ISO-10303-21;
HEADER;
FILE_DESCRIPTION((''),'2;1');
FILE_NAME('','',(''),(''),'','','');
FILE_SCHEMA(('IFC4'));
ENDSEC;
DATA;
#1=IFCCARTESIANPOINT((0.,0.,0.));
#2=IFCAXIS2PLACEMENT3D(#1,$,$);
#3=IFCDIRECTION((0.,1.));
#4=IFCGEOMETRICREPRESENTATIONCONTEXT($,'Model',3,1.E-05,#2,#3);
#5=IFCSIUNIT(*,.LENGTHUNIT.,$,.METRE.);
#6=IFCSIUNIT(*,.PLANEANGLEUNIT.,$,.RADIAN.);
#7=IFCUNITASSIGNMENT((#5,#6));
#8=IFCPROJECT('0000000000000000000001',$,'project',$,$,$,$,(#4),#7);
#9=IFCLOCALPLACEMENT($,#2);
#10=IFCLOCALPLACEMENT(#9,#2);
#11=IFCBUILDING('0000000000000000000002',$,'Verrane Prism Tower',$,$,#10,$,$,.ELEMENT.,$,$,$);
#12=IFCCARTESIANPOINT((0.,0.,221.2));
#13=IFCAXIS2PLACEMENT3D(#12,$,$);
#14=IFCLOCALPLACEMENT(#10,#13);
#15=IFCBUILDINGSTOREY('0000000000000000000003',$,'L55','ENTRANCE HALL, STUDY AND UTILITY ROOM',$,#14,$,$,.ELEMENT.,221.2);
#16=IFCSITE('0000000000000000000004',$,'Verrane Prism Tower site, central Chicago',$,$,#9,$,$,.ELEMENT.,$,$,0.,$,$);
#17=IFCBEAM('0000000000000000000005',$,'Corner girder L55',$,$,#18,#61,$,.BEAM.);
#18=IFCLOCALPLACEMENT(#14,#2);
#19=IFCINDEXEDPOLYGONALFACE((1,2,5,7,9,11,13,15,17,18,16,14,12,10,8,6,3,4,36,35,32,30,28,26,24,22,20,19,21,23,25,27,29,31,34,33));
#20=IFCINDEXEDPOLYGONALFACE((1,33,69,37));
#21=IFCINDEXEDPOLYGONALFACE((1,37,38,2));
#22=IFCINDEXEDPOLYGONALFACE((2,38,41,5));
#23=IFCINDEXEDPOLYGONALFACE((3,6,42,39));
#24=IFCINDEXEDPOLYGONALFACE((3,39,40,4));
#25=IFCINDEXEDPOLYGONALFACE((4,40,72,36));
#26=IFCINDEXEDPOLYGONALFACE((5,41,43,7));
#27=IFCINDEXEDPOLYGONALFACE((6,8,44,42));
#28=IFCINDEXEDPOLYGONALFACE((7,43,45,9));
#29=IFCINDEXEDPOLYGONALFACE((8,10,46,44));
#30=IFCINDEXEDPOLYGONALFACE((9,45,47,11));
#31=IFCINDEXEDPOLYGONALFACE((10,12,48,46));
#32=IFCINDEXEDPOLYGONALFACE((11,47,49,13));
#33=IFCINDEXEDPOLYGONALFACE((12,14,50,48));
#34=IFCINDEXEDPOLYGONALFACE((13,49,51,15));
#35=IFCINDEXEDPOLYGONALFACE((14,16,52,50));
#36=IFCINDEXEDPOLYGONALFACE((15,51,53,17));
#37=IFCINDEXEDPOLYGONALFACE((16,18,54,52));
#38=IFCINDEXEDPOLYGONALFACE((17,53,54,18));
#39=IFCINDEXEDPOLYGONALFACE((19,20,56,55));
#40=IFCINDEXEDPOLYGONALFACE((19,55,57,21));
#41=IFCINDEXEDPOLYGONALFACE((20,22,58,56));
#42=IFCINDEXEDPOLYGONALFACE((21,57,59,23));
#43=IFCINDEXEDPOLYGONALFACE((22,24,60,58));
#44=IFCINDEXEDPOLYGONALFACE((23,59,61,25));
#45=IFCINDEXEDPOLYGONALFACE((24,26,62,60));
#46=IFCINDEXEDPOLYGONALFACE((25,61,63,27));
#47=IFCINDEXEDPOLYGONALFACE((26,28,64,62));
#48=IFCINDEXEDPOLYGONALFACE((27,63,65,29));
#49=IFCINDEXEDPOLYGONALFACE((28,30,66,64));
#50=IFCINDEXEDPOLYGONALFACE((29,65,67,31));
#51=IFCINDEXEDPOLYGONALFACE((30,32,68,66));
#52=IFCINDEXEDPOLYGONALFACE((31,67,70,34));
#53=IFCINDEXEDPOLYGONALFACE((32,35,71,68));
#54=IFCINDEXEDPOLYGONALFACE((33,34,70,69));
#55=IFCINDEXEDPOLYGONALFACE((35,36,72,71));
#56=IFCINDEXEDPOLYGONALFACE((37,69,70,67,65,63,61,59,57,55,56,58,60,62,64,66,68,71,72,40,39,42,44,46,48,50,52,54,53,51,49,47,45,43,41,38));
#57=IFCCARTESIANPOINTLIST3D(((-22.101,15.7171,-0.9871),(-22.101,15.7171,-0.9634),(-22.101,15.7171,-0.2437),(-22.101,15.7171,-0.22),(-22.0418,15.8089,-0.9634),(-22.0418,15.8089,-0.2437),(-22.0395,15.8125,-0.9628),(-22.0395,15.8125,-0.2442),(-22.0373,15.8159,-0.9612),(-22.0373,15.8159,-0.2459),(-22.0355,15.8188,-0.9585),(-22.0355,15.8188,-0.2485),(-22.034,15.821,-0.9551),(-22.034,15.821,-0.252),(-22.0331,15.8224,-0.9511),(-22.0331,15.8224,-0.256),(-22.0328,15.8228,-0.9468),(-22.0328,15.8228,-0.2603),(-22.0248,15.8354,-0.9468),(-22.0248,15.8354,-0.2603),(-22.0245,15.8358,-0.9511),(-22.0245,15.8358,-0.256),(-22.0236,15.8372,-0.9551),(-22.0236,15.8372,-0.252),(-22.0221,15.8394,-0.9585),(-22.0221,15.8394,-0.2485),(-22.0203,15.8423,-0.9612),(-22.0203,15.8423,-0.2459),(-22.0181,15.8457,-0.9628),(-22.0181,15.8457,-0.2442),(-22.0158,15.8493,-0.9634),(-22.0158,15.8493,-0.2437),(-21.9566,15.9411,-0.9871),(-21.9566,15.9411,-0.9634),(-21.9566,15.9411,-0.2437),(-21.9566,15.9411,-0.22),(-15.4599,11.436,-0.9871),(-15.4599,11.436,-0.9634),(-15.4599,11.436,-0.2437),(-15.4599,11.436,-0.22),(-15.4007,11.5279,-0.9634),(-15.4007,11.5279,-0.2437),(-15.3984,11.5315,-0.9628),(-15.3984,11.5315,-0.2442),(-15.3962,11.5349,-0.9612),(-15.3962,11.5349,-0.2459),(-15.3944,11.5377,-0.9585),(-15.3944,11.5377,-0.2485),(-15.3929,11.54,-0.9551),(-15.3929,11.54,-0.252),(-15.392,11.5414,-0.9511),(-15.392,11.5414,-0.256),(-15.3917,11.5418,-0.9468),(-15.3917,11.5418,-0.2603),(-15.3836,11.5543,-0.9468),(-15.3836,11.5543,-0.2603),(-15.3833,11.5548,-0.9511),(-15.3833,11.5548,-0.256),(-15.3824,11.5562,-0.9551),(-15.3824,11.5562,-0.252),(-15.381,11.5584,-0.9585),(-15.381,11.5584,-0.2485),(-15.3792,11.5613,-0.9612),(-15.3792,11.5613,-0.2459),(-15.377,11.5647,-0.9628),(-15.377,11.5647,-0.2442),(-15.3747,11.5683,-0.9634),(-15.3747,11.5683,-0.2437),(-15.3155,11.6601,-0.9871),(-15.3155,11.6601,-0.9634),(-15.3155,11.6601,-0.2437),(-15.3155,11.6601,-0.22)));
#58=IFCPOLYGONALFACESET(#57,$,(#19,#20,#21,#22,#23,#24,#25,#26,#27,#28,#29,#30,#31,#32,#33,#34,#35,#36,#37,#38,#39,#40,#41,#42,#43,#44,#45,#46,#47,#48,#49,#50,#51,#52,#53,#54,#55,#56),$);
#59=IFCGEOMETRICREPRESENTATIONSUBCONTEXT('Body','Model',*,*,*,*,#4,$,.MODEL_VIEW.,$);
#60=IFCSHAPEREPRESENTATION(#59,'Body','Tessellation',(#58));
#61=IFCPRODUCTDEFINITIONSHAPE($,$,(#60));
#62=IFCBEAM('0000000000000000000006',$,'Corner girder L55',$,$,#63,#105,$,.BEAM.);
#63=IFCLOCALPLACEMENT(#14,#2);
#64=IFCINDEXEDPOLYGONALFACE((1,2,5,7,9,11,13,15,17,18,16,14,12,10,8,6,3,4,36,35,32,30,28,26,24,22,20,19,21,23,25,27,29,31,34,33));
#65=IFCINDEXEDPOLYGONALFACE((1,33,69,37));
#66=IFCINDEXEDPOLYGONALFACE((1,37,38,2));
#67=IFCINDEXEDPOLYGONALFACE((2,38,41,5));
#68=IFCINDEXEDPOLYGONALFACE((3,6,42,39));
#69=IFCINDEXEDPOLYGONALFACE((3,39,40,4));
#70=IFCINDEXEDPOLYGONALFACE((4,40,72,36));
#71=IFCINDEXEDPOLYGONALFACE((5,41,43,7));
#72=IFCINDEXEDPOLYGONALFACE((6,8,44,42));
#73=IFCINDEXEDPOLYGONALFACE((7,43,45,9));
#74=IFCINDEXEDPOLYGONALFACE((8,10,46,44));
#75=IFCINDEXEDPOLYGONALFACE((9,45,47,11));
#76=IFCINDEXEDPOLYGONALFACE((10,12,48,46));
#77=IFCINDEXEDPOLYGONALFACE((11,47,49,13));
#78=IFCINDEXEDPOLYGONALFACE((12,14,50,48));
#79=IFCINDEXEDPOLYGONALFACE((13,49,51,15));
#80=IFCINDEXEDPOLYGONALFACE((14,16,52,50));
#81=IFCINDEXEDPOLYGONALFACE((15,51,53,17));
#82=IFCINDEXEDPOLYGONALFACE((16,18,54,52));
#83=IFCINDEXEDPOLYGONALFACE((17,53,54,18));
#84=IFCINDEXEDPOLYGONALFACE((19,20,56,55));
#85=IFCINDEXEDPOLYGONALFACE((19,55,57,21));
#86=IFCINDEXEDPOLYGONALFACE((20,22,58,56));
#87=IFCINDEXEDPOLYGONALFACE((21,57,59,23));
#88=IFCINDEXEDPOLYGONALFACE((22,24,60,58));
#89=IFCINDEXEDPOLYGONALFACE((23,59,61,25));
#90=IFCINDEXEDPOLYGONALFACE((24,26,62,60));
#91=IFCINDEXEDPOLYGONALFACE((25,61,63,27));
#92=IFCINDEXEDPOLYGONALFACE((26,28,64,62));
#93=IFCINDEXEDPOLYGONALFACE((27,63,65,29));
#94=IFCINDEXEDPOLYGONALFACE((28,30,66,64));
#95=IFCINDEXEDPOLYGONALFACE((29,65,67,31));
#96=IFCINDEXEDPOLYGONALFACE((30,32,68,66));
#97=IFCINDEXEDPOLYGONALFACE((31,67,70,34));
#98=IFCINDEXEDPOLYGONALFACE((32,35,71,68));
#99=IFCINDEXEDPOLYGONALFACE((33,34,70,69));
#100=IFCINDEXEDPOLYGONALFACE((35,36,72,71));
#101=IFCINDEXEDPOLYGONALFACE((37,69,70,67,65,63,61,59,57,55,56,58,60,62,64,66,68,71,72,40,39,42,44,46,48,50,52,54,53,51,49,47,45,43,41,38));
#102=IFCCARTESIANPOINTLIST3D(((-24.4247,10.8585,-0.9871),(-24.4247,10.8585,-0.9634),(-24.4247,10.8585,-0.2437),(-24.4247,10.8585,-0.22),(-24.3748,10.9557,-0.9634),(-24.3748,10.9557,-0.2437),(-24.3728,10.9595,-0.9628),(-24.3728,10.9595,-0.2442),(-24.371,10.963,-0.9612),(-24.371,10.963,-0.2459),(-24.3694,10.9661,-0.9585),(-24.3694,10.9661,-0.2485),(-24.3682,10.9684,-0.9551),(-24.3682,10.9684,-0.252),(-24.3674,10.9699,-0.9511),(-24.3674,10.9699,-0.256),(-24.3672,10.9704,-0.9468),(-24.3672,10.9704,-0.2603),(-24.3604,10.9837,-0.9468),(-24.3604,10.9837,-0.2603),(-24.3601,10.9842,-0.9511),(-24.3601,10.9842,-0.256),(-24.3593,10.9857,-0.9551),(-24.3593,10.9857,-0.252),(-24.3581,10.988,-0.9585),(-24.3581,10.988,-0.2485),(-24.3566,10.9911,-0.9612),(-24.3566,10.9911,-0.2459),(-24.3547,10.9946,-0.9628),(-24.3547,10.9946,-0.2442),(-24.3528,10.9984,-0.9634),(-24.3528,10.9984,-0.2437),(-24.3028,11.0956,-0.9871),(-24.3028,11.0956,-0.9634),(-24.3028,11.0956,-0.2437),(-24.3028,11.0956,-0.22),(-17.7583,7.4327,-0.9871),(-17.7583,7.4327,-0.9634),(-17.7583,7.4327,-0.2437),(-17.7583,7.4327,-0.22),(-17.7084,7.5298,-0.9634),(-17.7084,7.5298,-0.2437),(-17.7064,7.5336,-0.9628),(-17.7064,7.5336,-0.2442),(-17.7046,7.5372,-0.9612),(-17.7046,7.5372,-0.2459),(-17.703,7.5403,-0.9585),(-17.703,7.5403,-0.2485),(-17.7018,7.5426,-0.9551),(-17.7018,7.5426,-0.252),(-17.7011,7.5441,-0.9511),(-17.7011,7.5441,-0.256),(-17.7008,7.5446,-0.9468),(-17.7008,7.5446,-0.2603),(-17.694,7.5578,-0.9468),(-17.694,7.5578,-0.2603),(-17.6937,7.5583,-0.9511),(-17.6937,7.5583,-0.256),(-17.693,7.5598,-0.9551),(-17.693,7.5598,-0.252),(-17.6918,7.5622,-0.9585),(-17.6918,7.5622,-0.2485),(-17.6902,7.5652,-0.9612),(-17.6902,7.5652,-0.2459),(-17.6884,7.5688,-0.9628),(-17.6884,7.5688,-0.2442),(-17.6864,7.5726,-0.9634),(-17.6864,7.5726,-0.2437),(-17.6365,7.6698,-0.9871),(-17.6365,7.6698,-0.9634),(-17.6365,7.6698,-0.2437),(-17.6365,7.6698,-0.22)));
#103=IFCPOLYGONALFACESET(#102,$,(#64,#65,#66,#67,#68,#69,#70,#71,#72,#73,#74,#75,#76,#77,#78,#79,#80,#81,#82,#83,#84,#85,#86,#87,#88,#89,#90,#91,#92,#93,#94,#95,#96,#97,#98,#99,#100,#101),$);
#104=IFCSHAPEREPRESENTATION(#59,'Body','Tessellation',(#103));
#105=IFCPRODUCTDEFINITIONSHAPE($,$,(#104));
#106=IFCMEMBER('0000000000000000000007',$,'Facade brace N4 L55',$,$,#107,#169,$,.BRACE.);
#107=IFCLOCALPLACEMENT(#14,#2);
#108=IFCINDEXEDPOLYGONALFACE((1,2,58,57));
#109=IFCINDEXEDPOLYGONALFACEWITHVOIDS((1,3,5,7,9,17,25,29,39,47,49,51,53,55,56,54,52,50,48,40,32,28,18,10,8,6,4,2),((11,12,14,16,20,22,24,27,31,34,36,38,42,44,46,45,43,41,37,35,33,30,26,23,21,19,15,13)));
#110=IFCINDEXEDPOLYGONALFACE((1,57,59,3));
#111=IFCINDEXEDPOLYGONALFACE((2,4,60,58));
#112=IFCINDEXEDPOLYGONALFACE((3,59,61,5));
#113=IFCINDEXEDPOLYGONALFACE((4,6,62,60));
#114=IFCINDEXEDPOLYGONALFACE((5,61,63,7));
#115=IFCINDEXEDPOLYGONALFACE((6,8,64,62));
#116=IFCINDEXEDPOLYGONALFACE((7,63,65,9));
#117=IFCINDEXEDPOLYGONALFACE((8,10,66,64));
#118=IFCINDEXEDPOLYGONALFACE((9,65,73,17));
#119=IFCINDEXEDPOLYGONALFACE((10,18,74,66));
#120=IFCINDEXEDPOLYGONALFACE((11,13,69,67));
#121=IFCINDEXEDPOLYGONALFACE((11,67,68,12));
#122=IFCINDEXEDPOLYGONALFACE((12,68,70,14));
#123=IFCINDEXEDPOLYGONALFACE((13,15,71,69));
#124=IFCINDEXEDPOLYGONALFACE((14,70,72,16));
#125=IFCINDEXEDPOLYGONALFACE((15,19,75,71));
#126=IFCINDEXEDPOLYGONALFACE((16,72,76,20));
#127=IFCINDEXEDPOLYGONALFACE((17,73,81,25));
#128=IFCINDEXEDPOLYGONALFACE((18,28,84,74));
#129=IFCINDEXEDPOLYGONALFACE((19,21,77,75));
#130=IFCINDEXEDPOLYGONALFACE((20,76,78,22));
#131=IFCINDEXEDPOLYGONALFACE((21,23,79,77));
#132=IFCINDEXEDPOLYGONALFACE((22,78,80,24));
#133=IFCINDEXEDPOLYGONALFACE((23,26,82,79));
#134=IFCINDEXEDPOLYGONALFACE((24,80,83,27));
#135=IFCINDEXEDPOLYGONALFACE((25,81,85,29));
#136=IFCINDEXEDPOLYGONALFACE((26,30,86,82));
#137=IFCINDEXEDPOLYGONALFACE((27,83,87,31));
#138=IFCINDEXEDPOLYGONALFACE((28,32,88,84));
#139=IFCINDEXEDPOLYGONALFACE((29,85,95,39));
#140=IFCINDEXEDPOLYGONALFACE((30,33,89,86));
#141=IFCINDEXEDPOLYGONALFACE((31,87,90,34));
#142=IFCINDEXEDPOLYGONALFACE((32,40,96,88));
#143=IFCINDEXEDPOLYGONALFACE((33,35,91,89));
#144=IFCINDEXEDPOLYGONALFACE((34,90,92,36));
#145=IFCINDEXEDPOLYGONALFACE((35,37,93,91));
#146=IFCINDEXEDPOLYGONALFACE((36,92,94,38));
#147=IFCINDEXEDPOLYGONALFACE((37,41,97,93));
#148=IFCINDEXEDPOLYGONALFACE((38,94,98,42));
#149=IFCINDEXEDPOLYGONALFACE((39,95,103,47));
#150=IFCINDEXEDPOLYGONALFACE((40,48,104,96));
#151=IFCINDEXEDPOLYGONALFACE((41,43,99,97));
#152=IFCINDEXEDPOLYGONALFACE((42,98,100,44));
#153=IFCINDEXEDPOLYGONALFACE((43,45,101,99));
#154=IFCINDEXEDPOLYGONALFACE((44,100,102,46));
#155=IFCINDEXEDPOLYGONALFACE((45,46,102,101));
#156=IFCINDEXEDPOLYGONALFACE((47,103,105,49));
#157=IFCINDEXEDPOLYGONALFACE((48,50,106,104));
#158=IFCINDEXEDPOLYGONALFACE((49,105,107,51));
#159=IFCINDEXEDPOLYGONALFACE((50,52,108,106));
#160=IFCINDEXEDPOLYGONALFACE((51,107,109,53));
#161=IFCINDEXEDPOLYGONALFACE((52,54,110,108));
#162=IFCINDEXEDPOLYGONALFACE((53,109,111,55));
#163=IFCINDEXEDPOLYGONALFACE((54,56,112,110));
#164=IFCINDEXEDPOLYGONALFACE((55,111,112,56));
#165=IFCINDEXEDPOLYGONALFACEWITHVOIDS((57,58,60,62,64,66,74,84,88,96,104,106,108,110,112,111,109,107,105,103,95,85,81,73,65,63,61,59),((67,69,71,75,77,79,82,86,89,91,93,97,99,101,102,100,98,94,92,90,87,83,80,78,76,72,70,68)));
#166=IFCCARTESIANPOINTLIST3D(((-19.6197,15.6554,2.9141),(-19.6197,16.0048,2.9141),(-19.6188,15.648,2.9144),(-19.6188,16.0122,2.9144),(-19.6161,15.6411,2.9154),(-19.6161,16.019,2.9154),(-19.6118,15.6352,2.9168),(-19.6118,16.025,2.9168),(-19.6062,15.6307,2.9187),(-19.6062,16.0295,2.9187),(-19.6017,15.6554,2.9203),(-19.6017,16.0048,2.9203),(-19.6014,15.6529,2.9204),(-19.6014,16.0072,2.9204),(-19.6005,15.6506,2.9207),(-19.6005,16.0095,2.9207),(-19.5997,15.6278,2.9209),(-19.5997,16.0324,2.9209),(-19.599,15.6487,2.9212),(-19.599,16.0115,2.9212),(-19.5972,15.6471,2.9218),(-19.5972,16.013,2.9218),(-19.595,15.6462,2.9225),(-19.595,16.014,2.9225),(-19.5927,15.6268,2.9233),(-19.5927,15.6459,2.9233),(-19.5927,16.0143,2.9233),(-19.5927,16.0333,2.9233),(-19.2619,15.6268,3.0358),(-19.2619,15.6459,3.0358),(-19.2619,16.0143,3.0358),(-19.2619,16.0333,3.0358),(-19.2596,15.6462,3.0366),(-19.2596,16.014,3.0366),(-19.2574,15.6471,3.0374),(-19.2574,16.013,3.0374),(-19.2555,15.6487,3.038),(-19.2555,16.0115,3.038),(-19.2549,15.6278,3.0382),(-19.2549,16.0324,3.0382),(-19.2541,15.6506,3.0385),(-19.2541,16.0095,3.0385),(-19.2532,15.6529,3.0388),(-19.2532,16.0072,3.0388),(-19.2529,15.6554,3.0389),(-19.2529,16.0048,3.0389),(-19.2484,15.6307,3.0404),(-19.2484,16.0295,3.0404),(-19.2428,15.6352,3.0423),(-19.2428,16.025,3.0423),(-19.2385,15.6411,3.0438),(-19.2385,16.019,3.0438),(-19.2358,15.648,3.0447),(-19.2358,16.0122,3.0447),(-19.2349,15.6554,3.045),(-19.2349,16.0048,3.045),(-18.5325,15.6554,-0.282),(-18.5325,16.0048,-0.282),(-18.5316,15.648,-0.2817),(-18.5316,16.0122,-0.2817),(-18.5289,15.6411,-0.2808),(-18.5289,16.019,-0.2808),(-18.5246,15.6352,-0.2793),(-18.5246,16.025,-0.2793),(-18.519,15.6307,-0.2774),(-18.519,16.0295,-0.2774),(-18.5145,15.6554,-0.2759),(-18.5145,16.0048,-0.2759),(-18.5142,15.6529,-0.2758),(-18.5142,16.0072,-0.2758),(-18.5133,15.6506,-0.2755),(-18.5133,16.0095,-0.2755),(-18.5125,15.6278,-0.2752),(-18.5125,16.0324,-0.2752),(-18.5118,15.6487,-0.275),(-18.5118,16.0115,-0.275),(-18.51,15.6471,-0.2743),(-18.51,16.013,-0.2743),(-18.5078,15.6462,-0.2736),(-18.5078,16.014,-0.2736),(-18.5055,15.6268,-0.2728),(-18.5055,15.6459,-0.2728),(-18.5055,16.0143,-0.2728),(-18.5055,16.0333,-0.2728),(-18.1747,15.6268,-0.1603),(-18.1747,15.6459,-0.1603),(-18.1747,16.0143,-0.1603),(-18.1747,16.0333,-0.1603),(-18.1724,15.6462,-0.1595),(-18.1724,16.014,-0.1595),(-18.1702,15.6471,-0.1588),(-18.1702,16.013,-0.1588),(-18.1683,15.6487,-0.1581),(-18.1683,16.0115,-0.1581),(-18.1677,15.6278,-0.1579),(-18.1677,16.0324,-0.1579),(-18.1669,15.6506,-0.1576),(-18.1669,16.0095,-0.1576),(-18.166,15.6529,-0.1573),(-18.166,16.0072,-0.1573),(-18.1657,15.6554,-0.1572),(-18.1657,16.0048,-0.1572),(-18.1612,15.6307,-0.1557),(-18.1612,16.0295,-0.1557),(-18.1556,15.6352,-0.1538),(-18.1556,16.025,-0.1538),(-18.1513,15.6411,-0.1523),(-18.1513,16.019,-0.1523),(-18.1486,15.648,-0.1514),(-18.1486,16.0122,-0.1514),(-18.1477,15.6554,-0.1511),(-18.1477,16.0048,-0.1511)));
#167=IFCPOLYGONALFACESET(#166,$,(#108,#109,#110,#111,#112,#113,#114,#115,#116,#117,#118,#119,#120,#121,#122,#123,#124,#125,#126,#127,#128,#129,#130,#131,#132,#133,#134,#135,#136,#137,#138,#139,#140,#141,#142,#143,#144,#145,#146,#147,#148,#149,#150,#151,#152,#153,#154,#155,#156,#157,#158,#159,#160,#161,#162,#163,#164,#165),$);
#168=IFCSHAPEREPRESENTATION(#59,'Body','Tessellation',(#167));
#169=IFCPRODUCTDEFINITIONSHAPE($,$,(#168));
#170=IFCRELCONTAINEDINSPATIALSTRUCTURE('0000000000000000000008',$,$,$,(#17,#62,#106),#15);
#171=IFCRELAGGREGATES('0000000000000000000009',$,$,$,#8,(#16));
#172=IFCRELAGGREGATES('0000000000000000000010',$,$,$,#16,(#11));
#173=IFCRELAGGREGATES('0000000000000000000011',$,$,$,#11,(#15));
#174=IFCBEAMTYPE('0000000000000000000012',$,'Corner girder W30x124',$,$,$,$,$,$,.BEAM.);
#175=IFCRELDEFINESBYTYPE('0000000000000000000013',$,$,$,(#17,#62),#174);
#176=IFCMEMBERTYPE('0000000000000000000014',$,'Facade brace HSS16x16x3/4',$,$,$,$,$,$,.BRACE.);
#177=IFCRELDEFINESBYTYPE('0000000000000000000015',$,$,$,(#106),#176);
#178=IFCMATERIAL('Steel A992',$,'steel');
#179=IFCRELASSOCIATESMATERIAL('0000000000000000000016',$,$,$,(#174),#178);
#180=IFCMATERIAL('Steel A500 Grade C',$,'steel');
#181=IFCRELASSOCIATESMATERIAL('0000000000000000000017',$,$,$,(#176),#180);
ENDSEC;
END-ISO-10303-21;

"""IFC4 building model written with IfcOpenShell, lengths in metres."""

from ifc_helpers import new_model, si_unit, direction, frame, origin, origin_2d, place, context, subcontext, project, spatial, hollow_rectangle, i_section, extrude, material, material_profile, profile_set, type_object, element, save


model = new_model("IFC4")

# Units and contexts
model_context = context("Model", 3, precision=1e-05, world=origin(), true_north=direction((0.0, 1.0)))
body_context = subcontext(model_context, "Body", "Model", "MODEL_VIEW")
ifc_project = project(units=[si_unit("LENGTHUNIT", "METRE"), si_unit("PLANEANGLEUNIT", "RADIAN")], contexts=[model_context])

# Site, building, storey
site_placement = place(None, origin())
site = spatial("IfcSite", under=ifc_project, at=site_placement, Name="Verrane Prism Tower site, central Chicago", CompositionType="ELEMENT", RefElevation=0.0)
building_placement = place(site_placement, origin())
building = spatial("IfcBuilding", under=site, at=building_placement, Name="Verrane Prism Tower", CompositionType="ELEMENT")
storey_placement = place(building_placement, frame((0.0, 0.0, 221.2)))
storey = spatial("IfcBuildingStorey", under=building, at=storey_placement, Name="L55", Description="ENTRANCE HALL, STUDY AND UTILITY ROOM", CompositionType="ELEMENT", Elevation=221.2)

# Beams
ifc_material_1 = material(Name="Steel A992", Category="steel")
ifc_material_profile_1 = material_profile(ifc_material_1, i_section(OverallWidth=0.2666, OverallDepth=0.7671, WebThickness=0.0149, FlangeThickness=0.0237, FilletRadius=0.0166, at=origin_2d()), Name="W30x124")
ifc_profile_set_1 = profile_set([ifc_material_profile_1], Name="Steel A992")
beam_type_1 = type_object("IfcBeamType", Name="Corner girder W30x124", PredefinedType="BEAM", material=ifc_profile_set_1)
beam_1_placement = place(storey_placement, frame((-22.0288, 15.8291, -0.6035), z_axis=(0.840503, -0.541807, 0.0), x_axis=(0.541807, 0.840503, 0.0)))
element("IfcBeam", 1, at=beam_1_placement, inside=storey, type_object=beam_type_1, Name="Corner girder L55", PredefinedType="BEAM", context=body_context, shape_type="SweptSolid", body=[
    extrude(i_section(OverallWidth=0.2666, OverallDepth=0.7671, WebThickness=0.0149, FlangeThickness=0.0237, FilletRadius=0.0166, at=origin_2d()), origin(), (0.0, 0.0, 1.0), 7.9014),
])
beam_2_placement = place(storey_placement, frame((-24.3638, 10.9771, -0.6035), z_axis=(0.889428, -0.457076, 0.0), x_axis=(0.457076, 0.889428, 0.0)))
element("IfcBeam", 2, at=beam_2_placement, inside=storey, type_object=beam_type_1, Name="Corner girder L55", PredefinedType="BEAM", context=body_context, shape_type="SweptSolid", body=[
    extrude(i_section(OverallWidth=0.2666, OverallDepth=0.7671, WebThickness=0.0149, FlangeThickness=0.0237, FilletRadius=0.0166, at=origin_2d()), origin(), (0.0, 0.0, 1.0), 7.4951),
])

# Member
ifc_material_2 = material(Name="Steel A500 Grade C", Category="steel")
ifc_material_profile_2 = material_profile(ifc_material_2, hollow_rectangle(XDim=0.4065, YDim=0.4065, WallThickness=0.019, InnerFilletRadius=0.0095, OuterFilletRadius=0.0286, at=origin_2d()), Name="HSS16x16x3/4")
ifc_profile_set_2 = profile_set([ifc_material_profile_2], Name="Steel A500 Grade C")
member_type_1 = type_object("IfcMemberType", Name="Facade brace HSS16x16x3/4", PredefinedType="BRACE", material=ifc_profile_set_2)
member_1_placement = place(storey_placement, frame((-18.3401, 15.8301, -0.2166), z_axis=(-0.322036, 0.0, 0.946727), x_axis=(0.0, -1.0, 0.0)))
element("IfcMember", 3, at=member_1_placement, inside=storey, type_object=member_type_1, Name="Facade brace N4 L55", PredefinedType="BRACE", context=body_context, shape_type="SweptSolid", body=[
    extrude(hollow_rectangle(XDim=0.4065, YDim=0.4065, WallThickness=0.019, InnerFilletRadius=0.0095, OuterFilletRadius=0.0286, at=origin_2d()), origin(), (0.0, 0.0, 1.0), 3.376),
])

save(model, "model.ifc")
